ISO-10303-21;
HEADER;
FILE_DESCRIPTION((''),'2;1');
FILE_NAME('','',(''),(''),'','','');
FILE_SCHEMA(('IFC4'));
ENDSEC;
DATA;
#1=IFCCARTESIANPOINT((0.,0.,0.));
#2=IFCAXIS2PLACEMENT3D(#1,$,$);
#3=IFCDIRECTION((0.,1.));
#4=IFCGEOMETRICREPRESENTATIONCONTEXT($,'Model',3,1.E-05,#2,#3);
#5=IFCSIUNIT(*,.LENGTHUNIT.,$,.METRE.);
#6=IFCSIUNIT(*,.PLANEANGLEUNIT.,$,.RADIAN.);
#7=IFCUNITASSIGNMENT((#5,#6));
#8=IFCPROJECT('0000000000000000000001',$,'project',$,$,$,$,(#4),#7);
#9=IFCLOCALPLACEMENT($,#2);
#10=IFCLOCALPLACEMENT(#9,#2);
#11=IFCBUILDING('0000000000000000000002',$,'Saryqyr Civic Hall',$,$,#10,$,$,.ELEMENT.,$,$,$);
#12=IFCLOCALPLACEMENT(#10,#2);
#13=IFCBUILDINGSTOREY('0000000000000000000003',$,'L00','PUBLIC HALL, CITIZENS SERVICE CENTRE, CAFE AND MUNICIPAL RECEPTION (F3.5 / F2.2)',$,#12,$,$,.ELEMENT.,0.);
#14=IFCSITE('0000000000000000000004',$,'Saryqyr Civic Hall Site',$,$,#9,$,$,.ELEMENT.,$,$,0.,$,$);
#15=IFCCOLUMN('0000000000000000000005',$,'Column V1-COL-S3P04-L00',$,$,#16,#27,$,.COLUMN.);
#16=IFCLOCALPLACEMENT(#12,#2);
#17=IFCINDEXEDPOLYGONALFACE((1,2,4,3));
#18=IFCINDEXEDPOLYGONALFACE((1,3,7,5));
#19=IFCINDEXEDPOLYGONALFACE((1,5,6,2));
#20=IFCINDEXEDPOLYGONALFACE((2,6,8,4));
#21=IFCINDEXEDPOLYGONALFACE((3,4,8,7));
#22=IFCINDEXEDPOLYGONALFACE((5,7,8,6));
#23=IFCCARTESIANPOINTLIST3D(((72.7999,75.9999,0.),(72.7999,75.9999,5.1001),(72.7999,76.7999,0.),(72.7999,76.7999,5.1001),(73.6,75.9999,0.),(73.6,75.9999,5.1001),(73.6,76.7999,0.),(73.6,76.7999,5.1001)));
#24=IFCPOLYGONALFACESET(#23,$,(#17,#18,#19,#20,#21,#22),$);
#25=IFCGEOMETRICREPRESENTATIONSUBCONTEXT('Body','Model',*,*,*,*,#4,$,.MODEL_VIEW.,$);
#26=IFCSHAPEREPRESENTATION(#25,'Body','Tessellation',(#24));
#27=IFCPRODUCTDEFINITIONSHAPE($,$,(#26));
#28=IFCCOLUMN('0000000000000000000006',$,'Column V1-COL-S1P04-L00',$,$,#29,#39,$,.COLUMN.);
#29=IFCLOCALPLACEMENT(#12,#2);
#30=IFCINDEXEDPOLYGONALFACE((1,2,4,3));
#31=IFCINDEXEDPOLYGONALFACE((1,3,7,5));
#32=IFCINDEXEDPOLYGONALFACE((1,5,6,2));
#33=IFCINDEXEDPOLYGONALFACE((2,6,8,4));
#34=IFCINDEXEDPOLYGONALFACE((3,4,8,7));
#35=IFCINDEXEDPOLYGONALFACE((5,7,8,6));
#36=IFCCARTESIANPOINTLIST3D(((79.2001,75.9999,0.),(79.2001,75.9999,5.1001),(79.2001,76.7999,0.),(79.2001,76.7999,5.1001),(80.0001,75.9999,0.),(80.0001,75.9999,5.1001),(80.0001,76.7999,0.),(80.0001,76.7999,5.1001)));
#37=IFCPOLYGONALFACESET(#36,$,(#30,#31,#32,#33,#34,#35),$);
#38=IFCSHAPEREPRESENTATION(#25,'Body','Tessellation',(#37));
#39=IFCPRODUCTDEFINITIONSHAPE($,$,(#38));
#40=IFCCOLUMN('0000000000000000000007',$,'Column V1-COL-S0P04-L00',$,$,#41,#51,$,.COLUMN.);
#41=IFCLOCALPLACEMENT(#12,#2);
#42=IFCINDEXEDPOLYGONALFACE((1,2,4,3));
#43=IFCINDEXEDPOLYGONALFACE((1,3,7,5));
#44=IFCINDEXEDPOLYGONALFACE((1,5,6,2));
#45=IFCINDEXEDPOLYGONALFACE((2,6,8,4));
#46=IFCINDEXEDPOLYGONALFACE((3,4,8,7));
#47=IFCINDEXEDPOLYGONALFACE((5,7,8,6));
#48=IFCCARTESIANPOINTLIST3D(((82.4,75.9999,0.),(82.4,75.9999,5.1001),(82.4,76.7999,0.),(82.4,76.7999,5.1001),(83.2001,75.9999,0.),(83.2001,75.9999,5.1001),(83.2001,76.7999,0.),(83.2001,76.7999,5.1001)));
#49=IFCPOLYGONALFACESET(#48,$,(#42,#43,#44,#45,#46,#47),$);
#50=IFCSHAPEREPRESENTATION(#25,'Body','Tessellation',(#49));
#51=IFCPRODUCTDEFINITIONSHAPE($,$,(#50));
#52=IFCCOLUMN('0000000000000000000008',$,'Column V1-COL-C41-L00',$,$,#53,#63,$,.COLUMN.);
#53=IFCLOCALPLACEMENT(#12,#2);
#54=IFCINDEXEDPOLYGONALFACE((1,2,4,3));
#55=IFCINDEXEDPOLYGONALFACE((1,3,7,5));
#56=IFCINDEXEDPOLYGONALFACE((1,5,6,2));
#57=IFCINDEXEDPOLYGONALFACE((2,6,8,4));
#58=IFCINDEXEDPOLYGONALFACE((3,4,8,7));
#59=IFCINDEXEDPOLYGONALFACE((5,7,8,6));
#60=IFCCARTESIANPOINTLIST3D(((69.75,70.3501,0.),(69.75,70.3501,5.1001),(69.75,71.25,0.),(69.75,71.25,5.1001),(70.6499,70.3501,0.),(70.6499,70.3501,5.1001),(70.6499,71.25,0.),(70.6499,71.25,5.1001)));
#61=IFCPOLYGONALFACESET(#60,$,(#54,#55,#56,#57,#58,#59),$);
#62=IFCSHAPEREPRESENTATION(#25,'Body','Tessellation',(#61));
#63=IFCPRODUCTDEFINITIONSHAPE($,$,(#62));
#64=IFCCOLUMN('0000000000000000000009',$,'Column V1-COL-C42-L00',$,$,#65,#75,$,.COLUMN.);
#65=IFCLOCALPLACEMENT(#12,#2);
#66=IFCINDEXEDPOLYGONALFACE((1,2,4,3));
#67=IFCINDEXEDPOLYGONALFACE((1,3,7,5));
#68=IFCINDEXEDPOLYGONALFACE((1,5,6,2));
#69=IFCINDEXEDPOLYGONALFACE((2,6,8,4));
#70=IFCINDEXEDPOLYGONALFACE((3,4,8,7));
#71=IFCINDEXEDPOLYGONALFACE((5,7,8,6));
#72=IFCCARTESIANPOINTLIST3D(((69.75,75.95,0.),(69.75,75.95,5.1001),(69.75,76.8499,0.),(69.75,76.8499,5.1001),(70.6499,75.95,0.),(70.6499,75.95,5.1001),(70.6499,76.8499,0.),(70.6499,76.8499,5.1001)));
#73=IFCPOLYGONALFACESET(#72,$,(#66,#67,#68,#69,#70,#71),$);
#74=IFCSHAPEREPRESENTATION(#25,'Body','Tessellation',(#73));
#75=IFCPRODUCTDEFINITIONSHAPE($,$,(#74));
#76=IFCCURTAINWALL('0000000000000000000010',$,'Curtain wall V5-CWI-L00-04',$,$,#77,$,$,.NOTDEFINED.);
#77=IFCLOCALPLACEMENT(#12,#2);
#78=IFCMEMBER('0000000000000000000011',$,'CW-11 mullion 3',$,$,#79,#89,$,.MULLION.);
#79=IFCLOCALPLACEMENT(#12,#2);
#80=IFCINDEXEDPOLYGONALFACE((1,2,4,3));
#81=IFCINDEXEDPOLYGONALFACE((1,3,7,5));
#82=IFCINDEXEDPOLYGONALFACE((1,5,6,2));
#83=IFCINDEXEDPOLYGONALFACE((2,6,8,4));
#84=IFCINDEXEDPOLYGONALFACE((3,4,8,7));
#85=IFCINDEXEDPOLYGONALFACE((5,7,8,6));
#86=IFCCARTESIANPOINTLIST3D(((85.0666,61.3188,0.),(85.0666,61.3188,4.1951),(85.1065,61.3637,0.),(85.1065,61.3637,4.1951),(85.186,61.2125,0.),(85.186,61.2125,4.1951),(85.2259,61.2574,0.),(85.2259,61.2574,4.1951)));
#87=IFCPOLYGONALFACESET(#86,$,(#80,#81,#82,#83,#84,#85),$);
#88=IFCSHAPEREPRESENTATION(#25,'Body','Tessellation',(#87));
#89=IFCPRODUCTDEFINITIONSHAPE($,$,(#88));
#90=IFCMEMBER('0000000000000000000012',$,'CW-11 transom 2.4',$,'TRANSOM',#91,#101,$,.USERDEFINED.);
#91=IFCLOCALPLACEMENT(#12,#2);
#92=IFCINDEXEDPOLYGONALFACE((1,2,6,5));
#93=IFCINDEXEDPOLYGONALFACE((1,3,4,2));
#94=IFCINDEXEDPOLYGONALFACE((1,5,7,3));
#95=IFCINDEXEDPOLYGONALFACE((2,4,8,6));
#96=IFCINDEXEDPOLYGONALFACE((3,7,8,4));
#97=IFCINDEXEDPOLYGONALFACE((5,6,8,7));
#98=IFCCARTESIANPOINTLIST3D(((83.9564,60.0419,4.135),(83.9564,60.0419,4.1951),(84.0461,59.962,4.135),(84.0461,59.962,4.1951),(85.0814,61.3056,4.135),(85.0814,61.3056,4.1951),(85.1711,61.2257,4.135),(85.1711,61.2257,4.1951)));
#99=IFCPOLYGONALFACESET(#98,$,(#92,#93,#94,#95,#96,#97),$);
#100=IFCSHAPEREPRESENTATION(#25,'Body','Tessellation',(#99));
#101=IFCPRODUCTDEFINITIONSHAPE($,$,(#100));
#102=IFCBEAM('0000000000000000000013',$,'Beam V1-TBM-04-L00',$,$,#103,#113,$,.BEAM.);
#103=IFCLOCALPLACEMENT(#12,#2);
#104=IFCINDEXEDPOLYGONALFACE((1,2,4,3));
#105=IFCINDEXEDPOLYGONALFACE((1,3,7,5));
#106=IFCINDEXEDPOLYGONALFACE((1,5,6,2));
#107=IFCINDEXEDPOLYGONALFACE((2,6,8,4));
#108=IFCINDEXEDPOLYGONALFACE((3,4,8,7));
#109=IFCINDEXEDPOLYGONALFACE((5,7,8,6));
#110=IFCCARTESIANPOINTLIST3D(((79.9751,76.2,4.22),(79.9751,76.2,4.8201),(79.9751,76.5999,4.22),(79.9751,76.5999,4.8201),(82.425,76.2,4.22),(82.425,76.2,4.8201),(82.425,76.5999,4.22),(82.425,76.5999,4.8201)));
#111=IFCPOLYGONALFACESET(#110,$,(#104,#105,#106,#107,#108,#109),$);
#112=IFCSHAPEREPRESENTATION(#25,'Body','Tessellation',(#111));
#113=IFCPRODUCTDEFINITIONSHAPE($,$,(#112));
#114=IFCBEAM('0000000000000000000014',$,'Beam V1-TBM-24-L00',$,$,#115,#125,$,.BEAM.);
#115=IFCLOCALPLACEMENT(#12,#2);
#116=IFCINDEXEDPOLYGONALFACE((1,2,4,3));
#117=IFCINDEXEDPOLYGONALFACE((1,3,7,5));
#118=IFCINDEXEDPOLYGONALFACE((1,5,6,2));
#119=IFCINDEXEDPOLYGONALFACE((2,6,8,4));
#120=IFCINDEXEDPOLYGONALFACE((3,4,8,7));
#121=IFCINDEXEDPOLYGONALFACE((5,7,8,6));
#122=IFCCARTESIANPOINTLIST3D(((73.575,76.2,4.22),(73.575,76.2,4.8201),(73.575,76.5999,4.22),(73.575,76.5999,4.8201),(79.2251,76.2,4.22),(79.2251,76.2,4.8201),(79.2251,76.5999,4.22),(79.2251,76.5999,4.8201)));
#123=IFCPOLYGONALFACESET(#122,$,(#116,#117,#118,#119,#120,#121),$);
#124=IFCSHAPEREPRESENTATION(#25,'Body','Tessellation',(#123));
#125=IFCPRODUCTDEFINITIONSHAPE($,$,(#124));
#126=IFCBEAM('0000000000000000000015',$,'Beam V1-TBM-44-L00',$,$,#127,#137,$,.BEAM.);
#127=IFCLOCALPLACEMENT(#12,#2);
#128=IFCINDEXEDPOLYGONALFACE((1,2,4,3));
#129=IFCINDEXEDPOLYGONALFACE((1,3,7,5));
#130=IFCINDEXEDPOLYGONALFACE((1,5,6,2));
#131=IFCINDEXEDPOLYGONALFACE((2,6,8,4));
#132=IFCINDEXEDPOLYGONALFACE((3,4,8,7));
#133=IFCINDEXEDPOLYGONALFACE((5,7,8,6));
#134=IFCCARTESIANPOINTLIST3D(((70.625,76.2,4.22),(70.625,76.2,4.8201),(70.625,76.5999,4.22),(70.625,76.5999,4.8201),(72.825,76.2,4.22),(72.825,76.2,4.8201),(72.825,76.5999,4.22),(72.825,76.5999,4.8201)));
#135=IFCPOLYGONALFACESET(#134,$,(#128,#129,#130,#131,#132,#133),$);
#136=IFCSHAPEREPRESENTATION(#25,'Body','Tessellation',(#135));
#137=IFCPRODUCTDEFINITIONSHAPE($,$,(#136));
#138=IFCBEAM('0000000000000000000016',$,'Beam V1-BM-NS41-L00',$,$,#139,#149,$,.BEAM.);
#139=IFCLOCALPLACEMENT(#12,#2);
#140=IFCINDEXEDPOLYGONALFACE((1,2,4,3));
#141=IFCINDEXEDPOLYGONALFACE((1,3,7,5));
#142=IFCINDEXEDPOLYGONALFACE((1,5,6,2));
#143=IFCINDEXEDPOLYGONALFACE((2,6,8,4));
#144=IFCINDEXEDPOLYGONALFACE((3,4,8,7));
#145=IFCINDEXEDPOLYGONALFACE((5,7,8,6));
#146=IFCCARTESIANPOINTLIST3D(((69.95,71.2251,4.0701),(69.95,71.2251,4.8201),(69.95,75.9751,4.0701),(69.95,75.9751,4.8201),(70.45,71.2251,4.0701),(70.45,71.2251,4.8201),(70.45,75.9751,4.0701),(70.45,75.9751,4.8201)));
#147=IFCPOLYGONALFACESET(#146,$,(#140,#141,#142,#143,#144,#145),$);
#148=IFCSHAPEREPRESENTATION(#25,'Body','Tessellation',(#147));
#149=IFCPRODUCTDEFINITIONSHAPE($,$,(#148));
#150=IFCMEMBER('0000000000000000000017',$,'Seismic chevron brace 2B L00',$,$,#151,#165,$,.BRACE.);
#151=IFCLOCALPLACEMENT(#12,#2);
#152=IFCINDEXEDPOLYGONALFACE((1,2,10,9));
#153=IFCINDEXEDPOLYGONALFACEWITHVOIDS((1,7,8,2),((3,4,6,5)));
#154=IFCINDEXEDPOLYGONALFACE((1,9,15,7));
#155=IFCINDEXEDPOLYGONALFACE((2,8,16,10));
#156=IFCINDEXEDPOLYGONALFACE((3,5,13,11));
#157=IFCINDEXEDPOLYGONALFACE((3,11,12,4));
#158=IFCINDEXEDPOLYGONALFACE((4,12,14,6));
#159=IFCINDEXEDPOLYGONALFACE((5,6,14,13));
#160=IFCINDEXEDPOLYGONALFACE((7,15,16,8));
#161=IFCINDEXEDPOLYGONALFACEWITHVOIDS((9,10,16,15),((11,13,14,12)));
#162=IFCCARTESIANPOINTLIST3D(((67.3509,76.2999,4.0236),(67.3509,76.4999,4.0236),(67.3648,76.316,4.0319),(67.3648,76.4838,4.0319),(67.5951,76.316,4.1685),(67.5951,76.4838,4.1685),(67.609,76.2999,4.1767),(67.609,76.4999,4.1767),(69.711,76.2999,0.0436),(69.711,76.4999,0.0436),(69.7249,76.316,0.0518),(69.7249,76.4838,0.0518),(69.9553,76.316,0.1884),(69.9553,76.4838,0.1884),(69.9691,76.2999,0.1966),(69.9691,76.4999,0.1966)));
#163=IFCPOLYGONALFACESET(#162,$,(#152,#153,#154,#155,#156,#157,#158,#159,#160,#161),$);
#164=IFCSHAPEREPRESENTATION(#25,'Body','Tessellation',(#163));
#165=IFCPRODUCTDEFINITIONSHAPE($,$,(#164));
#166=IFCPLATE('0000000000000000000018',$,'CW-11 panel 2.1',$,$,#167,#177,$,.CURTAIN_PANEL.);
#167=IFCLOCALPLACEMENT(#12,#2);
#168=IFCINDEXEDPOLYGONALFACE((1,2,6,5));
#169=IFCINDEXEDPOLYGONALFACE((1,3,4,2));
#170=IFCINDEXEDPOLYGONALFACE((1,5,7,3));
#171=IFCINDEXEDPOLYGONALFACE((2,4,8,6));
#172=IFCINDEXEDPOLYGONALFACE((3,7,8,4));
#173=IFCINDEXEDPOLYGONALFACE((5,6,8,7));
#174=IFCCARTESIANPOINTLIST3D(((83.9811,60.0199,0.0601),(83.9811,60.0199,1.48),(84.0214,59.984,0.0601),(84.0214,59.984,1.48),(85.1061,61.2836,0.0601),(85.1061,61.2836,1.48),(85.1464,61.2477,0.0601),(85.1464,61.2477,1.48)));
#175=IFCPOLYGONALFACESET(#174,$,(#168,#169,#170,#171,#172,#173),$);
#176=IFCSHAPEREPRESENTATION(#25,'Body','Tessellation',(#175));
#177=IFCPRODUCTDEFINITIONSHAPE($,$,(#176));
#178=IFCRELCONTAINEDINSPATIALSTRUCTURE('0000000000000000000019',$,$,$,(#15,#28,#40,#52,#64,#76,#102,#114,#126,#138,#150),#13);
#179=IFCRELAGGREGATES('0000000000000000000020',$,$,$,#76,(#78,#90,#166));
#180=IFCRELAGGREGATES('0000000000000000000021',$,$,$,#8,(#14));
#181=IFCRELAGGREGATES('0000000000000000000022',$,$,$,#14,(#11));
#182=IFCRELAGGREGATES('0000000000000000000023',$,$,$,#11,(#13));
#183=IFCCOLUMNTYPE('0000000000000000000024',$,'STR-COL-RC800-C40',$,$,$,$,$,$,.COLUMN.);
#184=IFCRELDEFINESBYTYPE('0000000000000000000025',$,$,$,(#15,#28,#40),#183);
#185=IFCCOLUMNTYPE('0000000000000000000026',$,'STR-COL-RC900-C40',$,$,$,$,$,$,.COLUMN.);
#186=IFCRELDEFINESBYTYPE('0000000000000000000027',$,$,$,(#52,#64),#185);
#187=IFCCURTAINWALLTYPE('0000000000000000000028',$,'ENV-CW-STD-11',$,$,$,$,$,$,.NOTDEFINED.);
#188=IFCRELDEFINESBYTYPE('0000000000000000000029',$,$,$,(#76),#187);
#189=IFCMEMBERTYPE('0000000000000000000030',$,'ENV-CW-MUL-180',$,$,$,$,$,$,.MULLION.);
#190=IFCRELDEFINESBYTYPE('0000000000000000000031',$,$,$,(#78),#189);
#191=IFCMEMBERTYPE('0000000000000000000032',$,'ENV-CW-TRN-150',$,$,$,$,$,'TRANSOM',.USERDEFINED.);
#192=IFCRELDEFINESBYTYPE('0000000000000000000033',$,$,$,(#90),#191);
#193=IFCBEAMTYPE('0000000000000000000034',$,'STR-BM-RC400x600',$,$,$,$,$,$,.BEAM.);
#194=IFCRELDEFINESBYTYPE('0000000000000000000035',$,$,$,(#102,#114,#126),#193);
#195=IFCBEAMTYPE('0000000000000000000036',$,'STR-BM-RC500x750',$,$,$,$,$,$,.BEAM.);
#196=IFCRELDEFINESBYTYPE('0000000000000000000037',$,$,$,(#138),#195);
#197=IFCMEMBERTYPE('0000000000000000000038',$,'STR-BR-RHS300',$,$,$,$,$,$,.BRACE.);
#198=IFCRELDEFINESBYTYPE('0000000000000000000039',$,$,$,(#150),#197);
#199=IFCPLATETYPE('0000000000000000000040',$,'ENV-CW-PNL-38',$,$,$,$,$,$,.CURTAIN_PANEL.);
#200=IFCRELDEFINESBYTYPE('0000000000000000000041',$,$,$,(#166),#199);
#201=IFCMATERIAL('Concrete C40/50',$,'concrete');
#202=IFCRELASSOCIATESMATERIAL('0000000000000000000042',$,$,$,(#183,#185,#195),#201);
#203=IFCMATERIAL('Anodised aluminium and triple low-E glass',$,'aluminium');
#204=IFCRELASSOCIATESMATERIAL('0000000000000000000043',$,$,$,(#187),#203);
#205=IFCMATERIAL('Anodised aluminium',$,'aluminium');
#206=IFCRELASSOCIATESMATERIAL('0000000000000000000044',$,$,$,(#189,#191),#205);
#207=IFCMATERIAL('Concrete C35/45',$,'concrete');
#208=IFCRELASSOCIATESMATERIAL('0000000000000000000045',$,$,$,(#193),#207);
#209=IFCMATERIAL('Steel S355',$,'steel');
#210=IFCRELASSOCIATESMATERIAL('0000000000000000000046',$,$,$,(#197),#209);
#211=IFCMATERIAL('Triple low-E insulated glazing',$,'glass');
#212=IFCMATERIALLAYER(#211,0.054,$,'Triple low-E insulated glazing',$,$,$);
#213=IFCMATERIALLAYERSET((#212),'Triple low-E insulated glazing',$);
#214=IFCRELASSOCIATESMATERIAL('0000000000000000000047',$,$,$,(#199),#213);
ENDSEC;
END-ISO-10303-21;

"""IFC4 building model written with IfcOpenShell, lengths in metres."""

from ifc_helpers import new_model, si_unit, direction, frame, origin, origin_2d, place, context, subcontext, project, spatial, rectangle, hollow_rectangle, extrude, material, layer, layer_set, material_profile, profile_set, type_object, element, aggregate, save


model = new_model("IFC4")

# Units and contexts
model_context = context("Model", 3, precision=1e-05, world=origin(), true_north=direction((0.0, 1.0)))
body_context = subcontext(model_context, "Body", "Model", "MODEL_VIEW")
ifc_project = project(units=[si_unit("LENGTHUNIT", "METRE"), si_unit("PLANEANGLEUNIT", "RADIAN")], contexts=[model_context])

# Site, building, storey
site_placement = place(None, origin())
site = spatial("IfcSite", under=ifc_project, at=site_placement, Name="Saryqyr Civic Hall Site", CompositionType="ELEMENT", RefElevation=0.0)
building_placement = place(site_placement, origin())
building = spatial("IfcBuilding", under=site, at=building_placement, Name="Saryqyr Civic Hall", CompositionType="ELEMENT")
storey_placement = place(building_placement, origin())
storey = spatial("IfcBuildingStorey", under=building, at=storey_placement, Name="L00", Description="PUBLIC HALL, CITIZENS SERVICE CENTRE, CAFE AND MUNICIPAL RECEPTION (F3.5 / F2.2)", CompositionType="ELEMENT", Elevation=0.0)

# Columns
ifc_material_1 = material(Name="Concrete C40/50", Category="concrete")
ifc_material_profile_1 = material_profile(ifc_material_1, rectangle(XDim=0.8, YDim=0.8, at=origin_2d()), Name="RC 800x800")
ifc_profile_set_1 = profile_set([ifc_material_profile_1], Name="Concrete C40/50")
column_type_1 = type_object("IfcColumnType", Name="STR-COL-RC800-C40", PredefinedType="COLUMN", material=ifc_profile_set_1)
for number, where, z_axis, x_axis, name in (
    (1, (73.2, 76.3999, 0.0), (0.0, 0.0, 1.0), (1.0, 0.0, 0.0), "Column V1-COL-S3P04-L00"),
    (2, (79.6001, 76.3999, 0.0), (0.0, 0.0, 1.0), (1.0, 0.0, 0.0), "Column V1-COL-S1P04-L00"),
    (3, (82.8, 76.3999, 0.0), (0.0, 0.0, 1.0), (1.0, 0.0, 0.0), "Column V1-COL-S0P04-L00"),
):
    element("IfcColumn", number, at=place(storey_placement, frame(where, z_axis=z_axis, x_axis=x_axis)), inside=storey, type_object=column_type_1, Name=name, PredefinedType="COLUMN", context=body_context, shape_type="SweptSolid", body=[
        extrude(rectangle(XDim=0.8, YDim=0.8, at=origin_2d()), origin(), (0.0, 0.0, 1.0), 5.1001),
    ])
ifc_material_profile_2 = material_profile(ifc_material_1, rectangle(XDim=0.8999, YDim=0.8999, at=origin_2d()), Name="RC 900x900")
ifc_profile_set_2 = profile_set([ifc_material_profile_2], Name="Concrete C40/50")
column_type_2 = type_object("IfcColumnType", Name="STR-COL-RC900-C40", PredefinedType="COLUMN", material=ifc_profile_set_2)
for number, where, z_axis, x_axis, name in (
    (4, (70.2, 70.8, 0.0), (0.0, 0.0, 1.0), (1.0, 0.0, 0.0), "Column V1-COL-C41-L00"),
    (5, (70.2, 76.3999, 0.0), (0.0, 0.0, 1.0), (1.0, 0.0, 0.0), "Column V1-COL-C42-L00"),
):
    element("IfcColumn", number, at=place(storey_placement, frame(where, z_axis=z_axis, x_axis=x_axis)), inside=storey, type_object=column_type_2, Name=name, PredefinedType="COLUMN", context=body_context, shape_type="SweptSolid", body=[
        extrude(rectangle(XDim=0.8999, YDim=0.8999, at=origin_2d()), origin(), (0.0, 0.0, 1.0), 5.1001),
    ])

# Curtain wall, members
ifc_material_2 = material(Name="Anodised aluminium and triple low-E glass", Category="aluminium")
curtain_wall_type = type_object("IfcCurtainWallType", Name="ENV-CW-STD-11", PredefinedType="NOTDEFINED", material=ifc_material_2)
curtain_wall_placement = place(storey_placement, origin())
curtain_wall = element("IfcCurtainWall", 6, at=curtain_wall_placement, inside=storey, type_object=curtain_wall_type, Name="Curtain wall V5-CWI-L00-04", PredefinedType="NOTDEFINED")
ifc_material_3 = material(Name="Anodised aluminium", Category="aluminium")
ifc_material_profile_3 = material_profile(ifc_material_3, rectangle(XDim=0.0601, YDim=0.1599, at=origin_2d()), Name="ALU MULLION 60x160")
ifc_profile_set_3 = profile_set([ifc_material_profile_3], Name="Anodised aluminium")
member_type_1 = type_object("IfcMemberType", Name="ENV-CW-MUL-180", PredefinedType="MULLION", material=ifc_profile_set_3)
member_1_placement = place(storey_placement, frame((85.1462, 61.2881, 0.0), z_axis=(0.0, 0.0, 1.0), x_axis=(0.664924, 0.746911, 0.0)))
member_1 = element("IfcMember", 7, at=member_1_placement, type_object=member_type_1, Name="CW-11 mullion 3", PredefinedType="MULLION", context=body_context, shape_type="SweptSolid", body=[
    extrude(rectangle(XDim=0.0601, YDim=0.1599, at=origin_2d()), origin(), (0.0, 0.0, 1.0), 4.1951),
])
ifc_material_profile_4 = material_profile(ifc_material_3, rectangle(XDim=0.1201, YDim=0.0601, at=origin_2d()), Name="ALU TRANSOM 120x60")
ifc_profile_set_4 = profile_set([ifc_material_profile_4], Name="Anodised aluminium")
member_type_2 = type_object("IfcMemberType", Name="ENV-CW-TRN-150", ElementType="TRANSOM", PredefinedType="USERDEFINED", material=ifc_profile_set_4)
member_2_placement = place(storey_placement, frame((84.0012, 60.002, 4.165), z_axis=(0.664937, 0.7469, 0.0), x_axis=(-0.7469, 0.664937, 0.0)))
member_2 = element("IfcMember", 8, at=member_2_placement, type_object=member_type_2, Name="CW-11 transom 2.4", ObjectType="TRANSOM", PredefinedType="USERDEFINED", context=body_context, shape_type="SweptSolid", body=[
    extrude(rectangle(XDim=0.1201, YDim=0.0601, at=origin_2d()), origin(), (0.0, 0.0, 1.0), 1.6919),
])

# Beams
ifc_material_4 = material(Name="Concrete C35/45", Category="concrete")
ifc_material_profile_5 = material_profile(ifc_material_4, rectangle(XDim=0.3999, YDim=0.6001, at=origin_2d()), Name="RC 400x600")
ifc_profile_set_5 = profile_set([ifc_material_profile_5], Name="Concrete C35/45")
beam_type_1 = type_object("IfcBeamType", Name="STR-BM-RC400x600", PredefinedType="BEAM", material=ifc_profile_set_5)
beam_1_placement = place(storey_placement, frame((79.9751, 76.3999, 4.52), z_axis=(1.0, 0.0, 0.0), x_axis=(0.0, 1.0, 0.0)))
element("IfcBeam", 9, at=beam_1_placement, inside=storey, type_object=beam_type_1, Name="Beam V1-TBM-04-L00", PredefinedType="BEAM", context=body_context, shape_type="SweptSolid", body=[
    extrude(rectangle(XDim=0.3999, YDim=0.6001, at=origin_2d()), origin(), (0.0, 0.0, 1.0), 2.45),
])
beam_2_placement = place(storey_placement, frame((73.575, 76.3999, 4.52), z_axis=(1.0, 0.0, 0.0), x_axis=(0.0, 1.0, 0.0)))
element("IfcBeam", 10, at=beam_2_placement, inside=storey, type_object=beam_type_1, Name="Beam V1-TBM-24-L00", PredefinedType="BEAM", context=body_context, shape_type="SweptSolid", body=[
    extrude(rectangle(XDim=0.3999, YDim=0.6001, at=origin_2d()), origin(), (0.0, 0.0, 1.0), 5.6501),
])
beam_3_placement = place(storey_placement, frame((70.625, 76.3999, 4.52), z_axis=(1.0, 0.0, 0.0), x_axis=(0.0, 1.0, 0.0)))
element("IfcBeam", 11, at=beam_3_placement, inside=storey, type_object=beam_type_1, Name="Beam V1-TBM-44-L00", PredefinedType="BEAM", context=body_context, shape_type="SweptSolid", body=[
    extrude(rectangle(XDim=0.3999, YDim=0.6001, at=origin_2d()), origin(), (0.0, 0.0, 1.0), 2.2),
])
ifc_material_profile_6 = material_profile(ifc_material_1, rectangle(XDim=0.5, YDim=0.75, at=origin_2d()), Name="RC 500x750")
ifc_profile_set_6 = profile_set([ifc_material_profile_6], Name="Concrete C40/50")
beam_type_2 = type_object("IfcBeamType", Name="STR-BM-RC500x750", PredefinedType="BEAM", material=ifc_profile_set_6)
beam_4_placement = place(storey_placement, frame((70.2, 71.2251, 4.4451), z_axis=(0.0, 1.0, 0.0), x_axis=(-1.0, 0.0, 0.0)))
element("IfcBeam", 12, at=beam_4_placement, inside=storey, type_object=beam_type_2, Name="Beam V1-BM-NS41-L00", PredefinedType="BEAM", context=body_context, shape_type="SweptSolid", body=[
    extrude(rectangle(XDim=0.5, YDim=0.75, at=origin_2d()), origin(), (0.0, 0.0, 1.0), 4.75),
])

# Member
ifc_material_5 = material(Name="Steel S355", Category="steel")
ifc_material_profile_7 = material_profile(ifc_material_5, hollow_rectangle(XDim=0.2, YDim=0.3, WallThickness=0.0161, at=origin_2d()), Name="RHS 300x200x16")
ifc_profile_set_7 = profile_set([ifc_material_profile_7], Name="Steel S355")
member_type_3 = type_object("IfcMemberType", Name="STR-BR-RHS300", PredefinedType="BRACE", material=ifc_profile_set_7)
member_3_placement = place(storey_placement, frame((69.8401, 76.3999, 0.1201), z_axis=(-0.510058, 0.0, 0.86014), x_axis=(0.0, -1.0, 0.0)))
element("IfcMember", 13, at=member_3_placement, inside=storey, type_object=member_type_3, Name="Seismic chevron brace 2B L00", PredefinedType="BRACE", context=body_context, shape_type="SweptSolid", body=[
    extrude(hollow_rectangle(XDim=0.2, YDim=0.3, WallThickness=0.0161, at=origin_2d()), origin(), (0.0, 0.0, 1.0), 4.6272),
])

# Plate
ifc_material_6 = material(Name="Triple low-E insulated glazing", Category="glass")
ifc_layer_1 = layer(ifc_material_6, 0.054, Name="Triple low-E insulated glazing")
ifc_layer_set_1 = layer_set([ifc_layer_1], Name="Triple low-E insulated glazing")
plate_type_1 = type_object("IfcPlateType", Name="ENV-CW-PNL-38", PredefinedType="CURTAIN_PANEL", material=ifc_layer_set_1)
plate_1_placement = place(storey_placement, frame((84.5637, 60.6338, 0.0601), z_axis=(0.0, 0.0, 1.0), x_axis=(0.664924, 0.746911, 0.0)))
plate_1 = element("IfcPlate", 14, at=plate_1_placement, type_object=plate_type_1, Name="CW-11 panel 2.1", PredefinedType="CURTAIN_PANEL", context=body_context, shape_type="SweptSolid", body=[
    extrude(rectangle(XDim=1.6919, YDim=0.054, at=origin_2d()), origin(), (0.0, 0.0, 1.0), 1.4199),
])
aggregate(curtain_wall, [member_1, member_2, plate_1])

save(model, "model.ifc")
